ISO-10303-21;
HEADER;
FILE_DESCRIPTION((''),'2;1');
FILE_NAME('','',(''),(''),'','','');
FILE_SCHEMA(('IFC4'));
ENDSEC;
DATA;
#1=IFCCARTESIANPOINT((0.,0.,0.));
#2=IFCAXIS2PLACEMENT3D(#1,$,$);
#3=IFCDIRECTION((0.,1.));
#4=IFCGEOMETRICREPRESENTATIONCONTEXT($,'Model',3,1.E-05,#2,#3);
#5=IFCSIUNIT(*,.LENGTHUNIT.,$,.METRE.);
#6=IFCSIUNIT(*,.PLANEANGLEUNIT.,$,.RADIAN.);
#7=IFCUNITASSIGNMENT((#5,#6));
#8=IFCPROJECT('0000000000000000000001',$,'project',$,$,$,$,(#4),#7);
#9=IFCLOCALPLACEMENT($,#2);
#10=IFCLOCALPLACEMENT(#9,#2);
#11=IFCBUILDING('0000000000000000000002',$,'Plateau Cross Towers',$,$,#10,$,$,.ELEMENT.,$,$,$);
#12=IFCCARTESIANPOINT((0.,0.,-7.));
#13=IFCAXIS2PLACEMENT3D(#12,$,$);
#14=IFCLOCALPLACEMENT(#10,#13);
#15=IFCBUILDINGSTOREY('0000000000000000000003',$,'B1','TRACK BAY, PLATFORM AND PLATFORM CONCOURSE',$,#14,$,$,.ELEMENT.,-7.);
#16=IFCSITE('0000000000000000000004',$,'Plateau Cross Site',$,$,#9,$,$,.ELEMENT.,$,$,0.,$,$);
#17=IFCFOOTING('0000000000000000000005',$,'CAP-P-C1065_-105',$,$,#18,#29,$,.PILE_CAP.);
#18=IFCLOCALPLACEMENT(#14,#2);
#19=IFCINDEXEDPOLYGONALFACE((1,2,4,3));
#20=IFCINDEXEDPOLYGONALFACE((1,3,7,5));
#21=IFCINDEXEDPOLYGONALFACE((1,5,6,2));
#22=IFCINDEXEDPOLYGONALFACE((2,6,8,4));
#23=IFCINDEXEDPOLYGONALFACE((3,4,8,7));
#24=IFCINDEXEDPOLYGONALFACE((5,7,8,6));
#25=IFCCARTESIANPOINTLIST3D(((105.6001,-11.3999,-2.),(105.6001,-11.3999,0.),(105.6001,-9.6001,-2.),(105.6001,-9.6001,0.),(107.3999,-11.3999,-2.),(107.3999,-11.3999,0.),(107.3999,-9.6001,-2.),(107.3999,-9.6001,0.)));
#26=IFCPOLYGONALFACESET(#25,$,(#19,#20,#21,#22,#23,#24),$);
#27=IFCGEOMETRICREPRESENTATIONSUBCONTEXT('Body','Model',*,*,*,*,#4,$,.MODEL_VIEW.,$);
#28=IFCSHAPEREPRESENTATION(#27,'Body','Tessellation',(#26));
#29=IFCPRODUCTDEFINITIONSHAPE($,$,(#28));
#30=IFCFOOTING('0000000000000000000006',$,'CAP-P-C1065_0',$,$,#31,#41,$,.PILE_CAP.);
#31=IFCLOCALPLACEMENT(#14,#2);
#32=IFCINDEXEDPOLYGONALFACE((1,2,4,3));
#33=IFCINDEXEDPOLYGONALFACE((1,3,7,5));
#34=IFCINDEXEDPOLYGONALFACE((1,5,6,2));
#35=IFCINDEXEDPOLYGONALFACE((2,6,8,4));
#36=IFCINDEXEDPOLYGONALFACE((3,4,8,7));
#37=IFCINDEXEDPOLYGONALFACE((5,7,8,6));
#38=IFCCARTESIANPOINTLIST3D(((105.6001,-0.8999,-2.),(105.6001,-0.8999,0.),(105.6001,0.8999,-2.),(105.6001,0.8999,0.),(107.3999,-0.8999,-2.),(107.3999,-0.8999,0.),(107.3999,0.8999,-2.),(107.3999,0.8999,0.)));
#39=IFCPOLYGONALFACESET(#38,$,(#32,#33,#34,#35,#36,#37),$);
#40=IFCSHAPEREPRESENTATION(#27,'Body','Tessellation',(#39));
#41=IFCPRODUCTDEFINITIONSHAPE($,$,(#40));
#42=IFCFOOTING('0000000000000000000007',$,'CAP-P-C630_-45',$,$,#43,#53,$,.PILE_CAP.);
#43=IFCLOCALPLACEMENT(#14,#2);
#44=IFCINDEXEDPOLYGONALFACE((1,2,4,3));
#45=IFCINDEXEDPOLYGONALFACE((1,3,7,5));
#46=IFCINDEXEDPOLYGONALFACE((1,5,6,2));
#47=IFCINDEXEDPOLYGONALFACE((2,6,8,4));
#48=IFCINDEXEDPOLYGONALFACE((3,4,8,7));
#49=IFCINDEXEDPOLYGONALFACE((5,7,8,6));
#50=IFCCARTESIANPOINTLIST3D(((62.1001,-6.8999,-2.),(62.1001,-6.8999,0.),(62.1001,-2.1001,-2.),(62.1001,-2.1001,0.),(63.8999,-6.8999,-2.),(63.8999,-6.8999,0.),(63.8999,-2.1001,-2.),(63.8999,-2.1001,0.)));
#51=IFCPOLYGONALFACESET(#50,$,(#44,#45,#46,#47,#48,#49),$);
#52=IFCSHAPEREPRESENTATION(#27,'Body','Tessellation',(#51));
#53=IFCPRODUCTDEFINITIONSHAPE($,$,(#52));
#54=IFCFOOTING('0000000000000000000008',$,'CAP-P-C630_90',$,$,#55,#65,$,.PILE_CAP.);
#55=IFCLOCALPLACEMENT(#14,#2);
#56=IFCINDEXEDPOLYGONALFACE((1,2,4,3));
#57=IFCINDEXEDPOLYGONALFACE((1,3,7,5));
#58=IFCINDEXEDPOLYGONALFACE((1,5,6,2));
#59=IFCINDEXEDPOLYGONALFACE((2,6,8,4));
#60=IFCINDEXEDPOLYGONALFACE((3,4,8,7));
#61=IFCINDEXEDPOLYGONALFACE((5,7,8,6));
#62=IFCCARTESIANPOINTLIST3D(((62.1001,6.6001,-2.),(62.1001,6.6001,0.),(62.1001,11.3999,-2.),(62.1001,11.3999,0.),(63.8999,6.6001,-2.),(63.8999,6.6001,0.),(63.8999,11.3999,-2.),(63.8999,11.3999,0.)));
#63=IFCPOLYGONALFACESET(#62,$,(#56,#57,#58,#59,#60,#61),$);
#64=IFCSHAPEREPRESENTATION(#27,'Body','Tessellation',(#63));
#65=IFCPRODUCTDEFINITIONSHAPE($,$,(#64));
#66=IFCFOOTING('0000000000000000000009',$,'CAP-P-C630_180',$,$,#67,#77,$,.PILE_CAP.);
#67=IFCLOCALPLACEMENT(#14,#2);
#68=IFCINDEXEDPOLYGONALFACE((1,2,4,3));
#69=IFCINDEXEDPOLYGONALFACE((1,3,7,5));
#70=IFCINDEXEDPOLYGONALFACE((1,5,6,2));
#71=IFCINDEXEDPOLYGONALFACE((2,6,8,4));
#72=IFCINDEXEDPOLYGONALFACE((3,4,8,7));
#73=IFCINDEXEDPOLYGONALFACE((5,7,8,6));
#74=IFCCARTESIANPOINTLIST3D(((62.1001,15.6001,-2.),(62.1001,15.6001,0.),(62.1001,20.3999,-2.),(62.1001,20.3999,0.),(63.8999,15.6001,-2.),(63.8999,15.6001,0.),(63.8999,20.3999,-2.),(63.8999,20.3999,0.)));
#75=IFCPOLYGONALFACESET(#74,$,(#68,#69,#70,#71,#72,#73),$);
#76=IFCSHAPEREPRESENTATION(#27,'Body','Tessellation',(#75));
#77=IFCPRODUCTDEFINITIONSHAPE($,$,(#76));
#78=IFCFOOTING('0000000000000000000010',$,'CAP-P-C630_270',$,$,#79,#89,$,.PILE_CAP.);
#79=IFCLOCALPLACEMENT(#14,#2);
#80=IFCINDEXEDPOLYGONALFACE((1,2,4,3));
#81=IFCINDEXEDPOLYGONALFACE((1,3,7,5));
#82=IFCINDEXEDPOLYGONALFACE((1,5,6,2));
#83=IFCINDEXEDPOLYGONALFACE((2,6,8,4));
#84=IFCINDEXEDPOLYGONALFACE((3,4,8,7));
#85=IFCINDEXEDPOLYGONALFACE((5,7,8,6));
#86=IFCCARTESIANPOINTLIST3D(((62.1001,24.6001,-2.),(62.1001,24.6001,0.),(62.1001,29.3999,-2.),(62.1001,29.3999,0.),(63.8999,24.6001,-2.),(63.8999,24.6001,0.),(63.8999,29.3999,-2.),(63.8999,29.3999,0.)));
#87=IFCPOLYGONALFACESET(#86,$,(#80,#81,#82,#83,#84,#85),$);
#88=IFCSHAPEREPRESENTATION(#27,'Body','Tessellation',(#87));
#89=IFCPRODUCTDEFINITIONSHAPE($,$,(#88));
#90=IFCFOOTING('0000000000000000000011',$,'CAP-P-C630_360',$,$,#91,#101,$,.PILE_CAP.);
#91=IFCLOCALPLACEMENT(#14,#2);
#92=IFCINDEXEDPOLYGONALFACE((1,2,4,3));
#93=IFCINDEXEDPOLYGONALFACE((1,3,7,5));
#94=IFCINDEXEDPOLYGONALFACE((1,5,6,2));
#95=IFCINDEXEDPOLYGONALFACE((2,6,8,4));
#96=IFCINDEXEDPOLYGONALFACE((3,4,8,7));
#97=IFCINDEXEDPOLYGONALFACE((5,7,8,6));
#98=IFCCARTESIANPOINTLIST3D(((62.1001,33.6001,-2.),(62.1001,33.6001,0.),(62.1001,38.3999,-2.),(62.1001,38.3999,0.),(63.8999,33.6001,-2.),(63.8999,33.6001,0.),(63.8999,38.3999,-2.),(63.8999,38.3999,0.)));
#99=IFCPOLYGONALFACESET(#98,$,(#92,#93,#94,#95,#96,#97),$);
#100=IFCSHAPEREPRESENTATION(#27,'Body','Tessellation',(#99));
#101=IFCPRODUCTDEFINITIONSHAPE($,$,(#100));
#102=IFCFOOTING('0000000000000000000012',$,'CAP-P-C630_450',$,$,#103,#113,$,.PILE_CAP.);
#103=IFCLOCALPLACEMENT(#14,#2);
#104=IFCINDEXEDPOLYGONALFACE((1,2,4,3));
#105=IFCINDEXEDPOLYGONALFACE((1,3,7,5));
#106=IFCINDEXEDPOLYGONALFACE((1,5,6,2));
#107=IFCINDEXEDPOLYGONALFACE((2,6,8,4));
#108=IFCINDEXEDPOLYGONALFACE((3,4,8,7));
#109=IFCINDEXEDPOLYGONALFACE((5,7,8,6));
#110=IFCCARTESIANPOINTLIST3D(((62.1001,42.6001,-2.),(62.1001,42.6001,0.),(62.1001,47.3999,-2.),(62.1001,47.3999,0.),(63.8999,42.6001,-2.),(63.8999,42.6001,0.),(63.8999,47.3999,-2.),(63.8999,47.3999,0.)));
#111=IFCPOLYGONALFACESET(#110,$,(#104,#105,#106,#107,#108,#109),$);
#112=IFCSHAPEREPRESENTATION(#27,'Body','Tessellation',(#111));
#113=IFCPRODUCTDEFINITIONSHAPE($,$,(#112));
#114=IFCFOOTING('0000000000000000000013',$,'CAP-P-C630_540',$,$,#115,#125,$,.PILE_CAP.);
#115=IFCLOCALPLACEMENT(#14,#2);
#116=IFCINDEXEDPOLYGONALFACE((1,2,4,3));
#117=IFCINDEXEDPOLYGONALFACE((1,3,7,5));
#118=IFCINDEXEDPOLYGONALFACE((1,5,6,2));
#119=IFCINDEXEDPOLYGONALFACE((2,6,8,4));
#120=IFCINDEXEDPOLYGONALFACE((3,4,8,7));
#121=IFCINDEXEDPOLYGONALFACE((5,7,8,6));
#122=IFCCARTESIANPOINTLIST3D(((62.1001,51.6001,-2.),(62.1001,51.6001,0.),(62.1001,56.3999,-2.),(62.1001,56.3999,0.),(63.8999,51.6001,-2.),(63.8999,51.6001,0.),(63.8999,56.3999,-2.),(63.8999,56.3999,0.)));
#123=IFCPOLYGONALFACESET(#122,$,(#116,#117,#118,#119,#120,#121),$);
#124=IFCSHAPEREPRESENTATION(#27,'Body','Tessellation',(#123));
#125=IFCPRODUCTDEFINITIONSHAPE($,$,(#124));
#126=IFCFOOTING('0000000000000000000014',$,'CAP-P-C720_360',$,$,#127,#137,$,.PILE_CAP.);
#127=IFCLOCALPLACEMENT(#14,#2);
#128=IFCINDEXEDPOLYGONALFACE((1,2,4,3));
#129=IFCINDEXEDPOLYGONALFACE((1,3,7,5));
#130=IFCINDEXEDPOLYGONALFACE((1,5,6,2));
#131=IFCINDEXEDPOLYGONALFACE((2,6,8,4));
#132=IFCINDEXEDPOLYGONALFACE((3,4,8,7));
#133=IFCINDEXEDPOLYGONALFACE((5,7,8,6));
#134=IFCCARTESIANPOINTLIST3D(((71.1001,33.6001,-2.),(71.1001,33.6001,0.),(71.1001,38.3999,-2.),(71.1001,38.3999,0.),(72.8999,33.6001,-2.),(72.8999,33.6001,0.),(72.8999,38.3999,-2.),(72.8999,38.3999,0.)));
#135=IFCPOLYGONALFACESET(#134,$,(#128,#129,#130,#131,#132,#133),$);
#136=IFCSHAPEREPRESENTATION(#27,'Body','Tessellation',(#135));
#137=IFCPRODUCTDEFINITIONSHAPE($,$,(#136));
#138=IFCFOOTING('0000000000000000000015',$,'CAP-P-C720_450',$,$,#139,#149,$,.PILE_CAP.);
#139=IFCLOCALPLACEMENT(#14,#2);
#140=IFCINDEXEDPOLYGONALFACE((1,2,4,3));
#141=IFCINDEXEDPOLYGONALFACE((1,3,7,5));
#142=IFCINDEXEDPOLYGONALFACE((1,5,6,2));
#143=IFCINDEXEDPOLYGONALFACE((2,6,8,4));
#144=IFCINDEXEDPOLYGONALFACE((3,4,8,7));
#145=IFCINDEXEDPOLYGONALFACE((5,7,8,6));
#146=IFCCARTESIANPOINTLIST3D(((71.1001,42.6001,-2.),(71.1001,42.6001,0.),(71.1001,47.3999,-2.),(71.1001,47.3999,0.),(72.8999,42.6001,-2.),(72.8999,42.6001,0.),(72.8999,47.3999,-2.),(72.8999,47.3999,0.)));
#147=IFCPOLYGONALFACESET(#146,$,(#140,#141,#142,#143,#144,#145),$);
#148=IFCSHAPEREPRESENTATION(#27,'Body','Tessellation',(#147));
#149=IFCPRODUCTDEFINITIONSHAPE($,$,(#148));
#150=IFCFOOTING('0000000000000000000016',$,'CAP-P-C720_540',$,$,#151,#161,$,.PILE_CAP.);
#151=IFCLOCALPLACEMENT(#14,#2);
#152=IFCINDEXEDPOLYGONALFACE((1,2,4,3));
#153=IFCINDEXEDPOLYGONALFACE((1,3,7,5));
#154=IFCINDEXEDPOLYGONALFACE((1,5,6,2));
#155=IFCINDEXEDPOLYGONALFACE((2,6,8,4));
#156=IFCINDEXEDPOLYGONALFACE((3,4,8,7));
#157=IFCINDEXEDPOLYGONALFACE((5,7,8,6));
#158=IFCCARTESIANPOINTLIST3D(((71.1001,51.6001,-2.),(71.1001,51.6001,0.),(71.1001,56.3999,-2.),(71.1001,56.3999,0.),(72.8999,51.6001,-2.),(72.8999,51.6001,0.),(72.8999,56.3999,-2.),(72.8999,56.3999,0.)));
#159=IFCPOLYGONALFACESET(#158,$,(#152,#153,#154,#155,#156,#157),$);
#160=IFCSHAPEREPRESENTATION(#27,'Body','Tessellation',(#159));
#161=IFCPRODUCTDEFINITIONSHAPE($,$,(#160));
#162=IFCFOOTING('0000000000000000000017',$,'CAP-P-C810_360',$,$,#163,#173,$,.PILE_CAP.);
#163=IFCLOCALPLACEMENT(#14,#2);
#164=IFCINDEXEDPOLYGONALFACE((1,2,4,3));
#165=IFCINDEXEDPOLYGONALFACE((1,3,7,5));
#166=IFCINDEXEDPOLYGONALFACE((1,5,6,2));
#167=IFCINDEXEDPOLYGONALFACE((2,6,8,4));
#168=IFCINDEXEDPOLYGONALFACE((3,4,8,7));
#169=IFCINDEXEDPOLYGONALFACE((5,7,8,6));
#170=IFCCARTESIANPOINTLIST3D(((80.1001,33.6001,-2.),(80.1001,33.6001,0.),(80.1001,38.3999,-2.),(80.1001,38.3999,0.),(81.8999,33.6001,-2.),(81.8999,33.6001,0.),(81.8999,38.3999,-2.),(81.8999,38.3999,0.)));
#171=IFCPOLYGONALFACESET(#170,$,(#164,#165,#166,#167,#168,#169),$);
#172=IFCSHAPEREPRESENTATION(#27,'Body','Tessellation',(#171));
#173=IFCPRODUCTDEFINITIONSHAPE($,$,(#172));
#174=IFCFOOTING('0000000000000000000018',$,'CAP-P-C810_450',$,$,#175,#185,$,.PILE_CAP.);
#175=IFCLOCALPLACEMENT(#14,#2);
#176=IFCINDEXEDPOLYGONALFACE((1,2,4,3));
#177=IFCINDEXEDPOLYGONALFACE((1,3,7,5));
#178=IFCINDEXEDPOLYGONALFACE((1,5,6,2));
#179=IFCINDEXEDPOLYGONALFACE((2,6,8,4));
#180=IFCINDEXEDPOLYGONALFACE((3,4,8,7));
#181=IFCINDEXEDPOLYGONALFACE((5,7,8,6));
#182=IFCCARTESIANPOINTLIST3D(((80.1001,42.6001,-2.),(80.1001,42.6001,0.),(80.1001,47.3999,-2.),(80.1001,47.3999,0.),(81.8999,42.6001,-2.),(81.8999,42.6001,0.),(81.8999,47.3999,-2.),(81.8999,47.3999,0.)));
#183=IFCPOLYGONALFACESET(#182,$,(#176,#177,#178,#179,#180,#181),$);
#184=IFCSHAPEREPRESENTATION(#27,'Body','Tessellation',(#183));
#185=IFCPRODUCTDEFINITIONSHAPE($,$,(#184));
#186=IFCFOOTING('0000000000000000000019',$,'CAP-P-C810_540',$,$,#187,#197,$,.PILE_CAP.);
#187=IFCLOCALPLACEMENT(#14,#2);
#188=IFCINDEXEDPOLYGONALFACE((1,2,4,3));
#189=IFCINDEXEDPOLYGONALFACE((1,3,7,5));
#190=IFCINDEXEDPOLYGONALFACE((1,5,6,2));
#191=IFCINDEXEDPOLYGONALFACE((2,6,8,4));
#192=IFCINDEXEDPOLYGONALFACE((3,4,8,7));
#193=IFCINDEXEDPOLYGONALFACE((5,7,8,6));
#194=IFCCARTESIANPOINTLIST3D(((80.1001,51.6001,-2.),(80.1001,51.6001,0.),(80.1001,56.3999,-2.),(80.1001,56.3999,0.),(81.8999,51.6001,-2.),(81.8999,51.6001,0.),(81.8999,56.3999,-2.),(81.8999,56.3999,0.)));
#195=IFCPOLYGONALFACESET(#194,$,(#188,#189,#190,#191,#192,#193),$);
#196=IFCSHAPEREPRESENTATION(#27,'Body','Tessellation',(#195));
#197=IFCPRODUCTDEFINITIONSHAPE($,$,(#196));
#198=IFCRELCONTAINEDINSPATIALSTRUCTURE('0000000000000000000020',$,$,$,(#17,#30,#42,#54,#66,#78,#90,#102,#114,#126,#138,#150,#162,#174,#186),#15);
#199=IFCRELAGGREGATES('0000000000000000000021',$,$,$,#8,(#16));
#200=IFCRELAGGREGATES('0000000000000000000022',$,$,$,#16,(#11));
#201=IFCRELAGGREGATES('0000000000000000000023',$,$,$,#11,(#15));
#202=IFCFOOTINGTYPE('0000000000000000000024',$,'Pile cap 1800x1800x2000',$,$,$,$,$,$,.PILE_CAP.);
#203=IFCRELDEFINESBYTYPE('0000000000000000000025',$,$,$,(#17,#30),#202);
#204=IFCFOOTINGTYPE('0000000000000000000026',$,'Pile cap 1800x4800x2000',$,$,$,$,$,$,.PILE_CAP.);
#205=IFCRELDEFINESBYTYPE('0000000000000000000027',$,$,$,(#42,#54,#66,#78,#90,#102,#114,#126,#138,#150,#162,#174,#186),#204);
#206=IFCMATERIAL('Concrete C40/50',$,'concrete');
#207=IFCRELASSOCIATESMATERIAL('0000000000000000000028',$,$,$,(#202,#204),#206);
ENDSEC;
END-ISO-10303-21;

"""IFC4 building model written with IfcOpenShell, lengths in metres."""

from ifc_helpers import new_model, si_unit, direction, frame, origin, place, context, subcontext, project, spatial, polyline, outline, extrude, material, type_object, element, save


model = new_model("IFC4")

# Units and contexts
model_context = context("Model", 3, precision=1e-05, world=origin(), true_north=direction((0.0, 1.0)))
body_context = subcontext(model_context, "Body", "Model", "MODEL_VIEW")
ifc_project = project(units=[si_unit("LENGTHUNIT", "METRE"), si_unit("PLANEANGLEUNIT", "RADIAN")], contexts=[model_context])

# Site, building, storey
site_placement = place(None, origin())
site = spatial("IfcSite", under=ifc_project, at=site_placement, Name="Plateau Cross Site", CompositionType="ELEMENT", RefElevation=0.0)
building_placement = place(site_placement, origin())
building = spatial("IfcBuilding", under=site, at=building_placement, Name="Plateau Cross Towers", CompositionType="ELEMENT")
storey_placement = place(building_placement, frame((0.0, 0.0, -7.0)))
storey = spatial("IfcBuildingStorey", under=building, at=storey_placement, Name="B1", Description="TRACK BAY, PLATFORM AND PLATFORM CONCOURSE", CompositionType="ELEMENT", Elevation=-7.0)

# Footings
ifc_material = material(Name="Concrete C40/50", Category="concrete")
footing_type_1 = type_object("IfcFootingType", Name="Pile cap 1800x1800x2000", PredefinedType="PILE_CAP", material=ifc_material)
footing_1_placement = place(storey_placement, frame((0.0, 0.0, -2.0)))
element("IfcFooting", 1, at=footing_1_placement, inside=storey, type_object=footing_type_1, Name="CAP-P-C1065_-105", PredefinedType="PILE_CAP", context=body_context, shape_type="SweptSolid", body=[
    extrude(outline(polyline([(107.3999, -11.3999), (107.3999, -9.6001), (105.6001, -9.6001), (105.6001, -11.3999), (107.3999, -11.3999)])), origin(), (0.0, 0.0, 1.0), 2.0),
])
footing_2_placement = place(storey_placement, frame((0.0, 0.0, -2.0)))
element("IfcFooting", 2, at=footing_2_placement, inside=storey, type_object=footing_type_1, Name="CAP-P-C1065_0", PredefinedType="PILE_CAP", context=body_context, shape_type="SweptSolid", body=[
    extrude(outline(polyline([(107.3999, -0.8999), (107.3999, 0.8999), (105.6001, 0.8999), (105.6001, -0.8999), (107.3999, -0.8999)])), origin(), (0.0, 0.0, 1.0), 2.0),
])
footing_type_2 = type_object("IfcFootingType", Name="Pile cap 1800x4800x2000", PredefinedType="PILE_CAP", material=ifc_material)
footing_3_placement = place(storey_placement, frame((0.0, 0.0, -2.0)))
element("IfcFooting", 3, at=footing_3_placement, inside=storey, type_object=footing_type_2, Name="CAP-P-C630_-45", PredefinedType="PILE_CAP", context=body_context, shape_type="SweptSolid", body=[
    extrude(outline(polyline([(63.8999, -6.8999), (63.8999, -2.1001), (62.1001, -2.1001), (62.1001, -6.8999), (63.8999, -6.8999)])), origin(), (0.0, 0.0, 1.0), 2.0),
])
footing_4_placement = place(storey_placement, frame((0.0, 0.0, -2.0)))
element("IfcFooting", 4, at=footing_4_placement, inside=storey, type_object=footing_type_2, Name="CAP-P-C630_90", PredefinedType="PILE_CAP", context=body_context, shape_type="SweptSolid", body=[
    extrude(outline(polyline([(63.8999, 6.6001), (63.8999, 11.3999), (62.1001, 11.3999), (62.1001, 6.6001), (63.8999, 6.6001)])), origin(), (0.0, 0.0, 1.0), 2.0),
])
footing_5_placement = place(storey_placement, frame((0.0, 0.0, -2.0)))
element("IfcFooting", 5, at=footing_5_placement, inside=storey, type_object=footing_type_2, Name="CAP-P-C630_180", PredefinedType="PILE_CAP", context=body_context, shape_type="SweptSolid", body=[
    extrude(outline(polyline([(63.8999, 15.6001), (63.8999, 20.3999), (62.1001, 20.3999), (62.1001, 15.6001), (63.8999, 15.6001)])), origin(), (0.0, 0.0, 1.0), 2.0),
])
footing_6_placement = place(storey_placement, frame((0.0, 0.0, -2.0)))
element("IfcFooting", 6, at=footing_6_placement, inside=storey, type_object=footing_type_2, Name="CAP-P-C630_270", PredefinedType="PILE_CAP", context=body_context, shape_type="SweptSolid", body=[
    extrude(outline(polyline([(63.8999, 24.6001), (63.8999, 29.3999), (62.1001, 29.3999), (62.1001, 24.6001), (63.8999, 24.6001)])), origin(), (0.0, 0.0, 1.0), 2.0),
])
footing_7_placement = place(storey_placement, frame((0.0, 0.0, -2.0)))
element("IfcFooting", 7, at=footing_7_placement, inside=storey, type_object=footing_type_2, Name="CAP-P-C630_360", PredefinedType="PILE_CAP", context=body_context, shape_type="SweptSolid", body=[
    extrude(outline(polyline([(63.8999, 33.6001), (63.8999, 38.3999), (62.1001, 38.3999), (62.1001, 33.6001), (63.8999, 33.6001)])), origin(), (0.0, 0.0, 1.0), 2.0),
])
footing_8_placement = place(storey_placement, frame((0.0, 0.0, -2.0)))
element("IfcFooting", 8, at=footing_8_placement, inside=storey, type_object=footing_type_2, Name="CAP-P-C630_450", PredefinedType="PILE_CAP", context=body_context, shape_type="SweptSolid", body=[
    extrude(outline(polyline([(63.8999, 42.6001), (63.8999, 47.3999), (62.1001, 47.3999), (62.1001, 42.6001), (63.8999, 42.6001)])), origin(), (0.0, 0.0, 1.0), 2.0),
])
footing_9_placement = place(storey_placement, frame((0.0, 0.0, -2.0)))
element("IfcFooting", 9, at=footing_9_placement, inside=storey, type_object=footing_type_2, Name="CAP-P-C630_540", PredefinedType="PILE_CAP", context=body_context, shape_type="SweptSolid", body=[
    extrude(outline(polyline([(63.8999, 51.6001), (63.8999, 56.3999), (62.1001, 56.3999), (62.1001, 51.6001), (63.8999, 51.6001)])), origin(), (0.0, 0.0, 1.0), 2.0),
])
footing_10_placement = place(storey_placement, frame((0.0, 0.0, -2.0)))
element("IfcFooting", 10, at=footing_10_placement, inside=storey, type_object=footing_type_2, Name="CAP-P-C720_360", PredefinedType="PILE_CAP", context=body_context, shape_type="SweptSolid", body=[
    extrude(outline(polyline([(72.8999, 33.6001), (72.8999, 38.3999), (71.1001, 38.3999), (71.1001, 33.6001), (72.8999, 33.6001)])), origin(), (0.0, 0.0, 1.0), 2.0),
])
footing_11_placement = place(storey_placement, frame((0.0, 0.0, -2.0)))
element("IfcFooting", 11, at=footing_11_placement, inside=storey, type_object=footing_type_2, Name="CAP-P-C720_450", PredefinedType="PILE_CAP", context=body_context, shape_type="SweptSolid", body=[
    extrude(outline(polyline([(72.8999, 42.6001), (72.8999, 47.3999), (71.1001, 47.3999), (71.1001, 42.6001), (72.8999, 42.6001)])), origin(), (0.0, 0.0, 1.0), 2.0),
])
footing_12_placement = place(storey_placement, frame((0.0, 0.0, -2.0)))
element("IfcFooting", 12, at=footing_12_placement, inside=storey, type_object=footing_type_2, Name="CAP-P-C720_540", PredefinedType="PILE_CAP", context=body_context, shape_type="SweptSolid", body=[
    extrude(outline(polyline([(72.8999, 51.6001), (72.8999, 56.3999), (71.1001, 56.3999), (71.1001, 51.6001), (72.8999, 51.6001)])), origin(), (0.0, 0.0, 1.0), 2.0),
])
footing_13_placement = place(storey_placement, frame((0.0, 0.0, -2.0)))
element("IfcFooting", 13, at=footing_13_placement, inside=storey, type_object=footing_type_2, Name="CAP-P-C810_360", PredefinedType="PILE_CAP", context=body_context, shape_type="SweptSolid", body=[
    extrude(outline(polyline([(81.8999, 33.6001), (81.8999, 38.3999), (80.1001, 38.3999), (80.1001, 33.6001), (81.8999, 33.6001)])), origin(), (0.0, 0.0, 1.0), 2.0),
])
footing_14_placement = place(storey_placement, frame((0.0, 0.0, -2.0)))
element("IfcFooting", 14, at=footing_14_placement, inside=storey, type_object=footing_type_2, Name="CAP-P-C810_450", PredefinedType="PILE_CAP", context=body_context, shape_type="SweptSolid", body=[
    extrude(outline(polyline([(81.8999, 42.6001), (81.8999, 47.3999), (80.1001, 47.3999), (80.1001, 42.6001), (81.8999, 42.6001)])), origin(), (0.0, 0.0, 1.0), 2.0),
])
footing_15_placement = place(storey_placement, frame((0.0, 0.0, -2.0)))
element("IfcFooting", 15, at=footing_15_placement, inside=storey, type_object=footing_type_2, Name="CAP-P-C810_540", PredefinedType="PILE_CAP", context=body_context, shape_type="SweptSolid", body=[
    extrude(outline(polyline([(81.8999, 51.6001), (81.8999, 56.3999), (80.1001, 56.3999), (80.1001, 51.6001), (81.8999, 51.6001)])), origin(), (0.0, 0.0, 1.0), 2.0),
])

save(model, "model.ifc")
